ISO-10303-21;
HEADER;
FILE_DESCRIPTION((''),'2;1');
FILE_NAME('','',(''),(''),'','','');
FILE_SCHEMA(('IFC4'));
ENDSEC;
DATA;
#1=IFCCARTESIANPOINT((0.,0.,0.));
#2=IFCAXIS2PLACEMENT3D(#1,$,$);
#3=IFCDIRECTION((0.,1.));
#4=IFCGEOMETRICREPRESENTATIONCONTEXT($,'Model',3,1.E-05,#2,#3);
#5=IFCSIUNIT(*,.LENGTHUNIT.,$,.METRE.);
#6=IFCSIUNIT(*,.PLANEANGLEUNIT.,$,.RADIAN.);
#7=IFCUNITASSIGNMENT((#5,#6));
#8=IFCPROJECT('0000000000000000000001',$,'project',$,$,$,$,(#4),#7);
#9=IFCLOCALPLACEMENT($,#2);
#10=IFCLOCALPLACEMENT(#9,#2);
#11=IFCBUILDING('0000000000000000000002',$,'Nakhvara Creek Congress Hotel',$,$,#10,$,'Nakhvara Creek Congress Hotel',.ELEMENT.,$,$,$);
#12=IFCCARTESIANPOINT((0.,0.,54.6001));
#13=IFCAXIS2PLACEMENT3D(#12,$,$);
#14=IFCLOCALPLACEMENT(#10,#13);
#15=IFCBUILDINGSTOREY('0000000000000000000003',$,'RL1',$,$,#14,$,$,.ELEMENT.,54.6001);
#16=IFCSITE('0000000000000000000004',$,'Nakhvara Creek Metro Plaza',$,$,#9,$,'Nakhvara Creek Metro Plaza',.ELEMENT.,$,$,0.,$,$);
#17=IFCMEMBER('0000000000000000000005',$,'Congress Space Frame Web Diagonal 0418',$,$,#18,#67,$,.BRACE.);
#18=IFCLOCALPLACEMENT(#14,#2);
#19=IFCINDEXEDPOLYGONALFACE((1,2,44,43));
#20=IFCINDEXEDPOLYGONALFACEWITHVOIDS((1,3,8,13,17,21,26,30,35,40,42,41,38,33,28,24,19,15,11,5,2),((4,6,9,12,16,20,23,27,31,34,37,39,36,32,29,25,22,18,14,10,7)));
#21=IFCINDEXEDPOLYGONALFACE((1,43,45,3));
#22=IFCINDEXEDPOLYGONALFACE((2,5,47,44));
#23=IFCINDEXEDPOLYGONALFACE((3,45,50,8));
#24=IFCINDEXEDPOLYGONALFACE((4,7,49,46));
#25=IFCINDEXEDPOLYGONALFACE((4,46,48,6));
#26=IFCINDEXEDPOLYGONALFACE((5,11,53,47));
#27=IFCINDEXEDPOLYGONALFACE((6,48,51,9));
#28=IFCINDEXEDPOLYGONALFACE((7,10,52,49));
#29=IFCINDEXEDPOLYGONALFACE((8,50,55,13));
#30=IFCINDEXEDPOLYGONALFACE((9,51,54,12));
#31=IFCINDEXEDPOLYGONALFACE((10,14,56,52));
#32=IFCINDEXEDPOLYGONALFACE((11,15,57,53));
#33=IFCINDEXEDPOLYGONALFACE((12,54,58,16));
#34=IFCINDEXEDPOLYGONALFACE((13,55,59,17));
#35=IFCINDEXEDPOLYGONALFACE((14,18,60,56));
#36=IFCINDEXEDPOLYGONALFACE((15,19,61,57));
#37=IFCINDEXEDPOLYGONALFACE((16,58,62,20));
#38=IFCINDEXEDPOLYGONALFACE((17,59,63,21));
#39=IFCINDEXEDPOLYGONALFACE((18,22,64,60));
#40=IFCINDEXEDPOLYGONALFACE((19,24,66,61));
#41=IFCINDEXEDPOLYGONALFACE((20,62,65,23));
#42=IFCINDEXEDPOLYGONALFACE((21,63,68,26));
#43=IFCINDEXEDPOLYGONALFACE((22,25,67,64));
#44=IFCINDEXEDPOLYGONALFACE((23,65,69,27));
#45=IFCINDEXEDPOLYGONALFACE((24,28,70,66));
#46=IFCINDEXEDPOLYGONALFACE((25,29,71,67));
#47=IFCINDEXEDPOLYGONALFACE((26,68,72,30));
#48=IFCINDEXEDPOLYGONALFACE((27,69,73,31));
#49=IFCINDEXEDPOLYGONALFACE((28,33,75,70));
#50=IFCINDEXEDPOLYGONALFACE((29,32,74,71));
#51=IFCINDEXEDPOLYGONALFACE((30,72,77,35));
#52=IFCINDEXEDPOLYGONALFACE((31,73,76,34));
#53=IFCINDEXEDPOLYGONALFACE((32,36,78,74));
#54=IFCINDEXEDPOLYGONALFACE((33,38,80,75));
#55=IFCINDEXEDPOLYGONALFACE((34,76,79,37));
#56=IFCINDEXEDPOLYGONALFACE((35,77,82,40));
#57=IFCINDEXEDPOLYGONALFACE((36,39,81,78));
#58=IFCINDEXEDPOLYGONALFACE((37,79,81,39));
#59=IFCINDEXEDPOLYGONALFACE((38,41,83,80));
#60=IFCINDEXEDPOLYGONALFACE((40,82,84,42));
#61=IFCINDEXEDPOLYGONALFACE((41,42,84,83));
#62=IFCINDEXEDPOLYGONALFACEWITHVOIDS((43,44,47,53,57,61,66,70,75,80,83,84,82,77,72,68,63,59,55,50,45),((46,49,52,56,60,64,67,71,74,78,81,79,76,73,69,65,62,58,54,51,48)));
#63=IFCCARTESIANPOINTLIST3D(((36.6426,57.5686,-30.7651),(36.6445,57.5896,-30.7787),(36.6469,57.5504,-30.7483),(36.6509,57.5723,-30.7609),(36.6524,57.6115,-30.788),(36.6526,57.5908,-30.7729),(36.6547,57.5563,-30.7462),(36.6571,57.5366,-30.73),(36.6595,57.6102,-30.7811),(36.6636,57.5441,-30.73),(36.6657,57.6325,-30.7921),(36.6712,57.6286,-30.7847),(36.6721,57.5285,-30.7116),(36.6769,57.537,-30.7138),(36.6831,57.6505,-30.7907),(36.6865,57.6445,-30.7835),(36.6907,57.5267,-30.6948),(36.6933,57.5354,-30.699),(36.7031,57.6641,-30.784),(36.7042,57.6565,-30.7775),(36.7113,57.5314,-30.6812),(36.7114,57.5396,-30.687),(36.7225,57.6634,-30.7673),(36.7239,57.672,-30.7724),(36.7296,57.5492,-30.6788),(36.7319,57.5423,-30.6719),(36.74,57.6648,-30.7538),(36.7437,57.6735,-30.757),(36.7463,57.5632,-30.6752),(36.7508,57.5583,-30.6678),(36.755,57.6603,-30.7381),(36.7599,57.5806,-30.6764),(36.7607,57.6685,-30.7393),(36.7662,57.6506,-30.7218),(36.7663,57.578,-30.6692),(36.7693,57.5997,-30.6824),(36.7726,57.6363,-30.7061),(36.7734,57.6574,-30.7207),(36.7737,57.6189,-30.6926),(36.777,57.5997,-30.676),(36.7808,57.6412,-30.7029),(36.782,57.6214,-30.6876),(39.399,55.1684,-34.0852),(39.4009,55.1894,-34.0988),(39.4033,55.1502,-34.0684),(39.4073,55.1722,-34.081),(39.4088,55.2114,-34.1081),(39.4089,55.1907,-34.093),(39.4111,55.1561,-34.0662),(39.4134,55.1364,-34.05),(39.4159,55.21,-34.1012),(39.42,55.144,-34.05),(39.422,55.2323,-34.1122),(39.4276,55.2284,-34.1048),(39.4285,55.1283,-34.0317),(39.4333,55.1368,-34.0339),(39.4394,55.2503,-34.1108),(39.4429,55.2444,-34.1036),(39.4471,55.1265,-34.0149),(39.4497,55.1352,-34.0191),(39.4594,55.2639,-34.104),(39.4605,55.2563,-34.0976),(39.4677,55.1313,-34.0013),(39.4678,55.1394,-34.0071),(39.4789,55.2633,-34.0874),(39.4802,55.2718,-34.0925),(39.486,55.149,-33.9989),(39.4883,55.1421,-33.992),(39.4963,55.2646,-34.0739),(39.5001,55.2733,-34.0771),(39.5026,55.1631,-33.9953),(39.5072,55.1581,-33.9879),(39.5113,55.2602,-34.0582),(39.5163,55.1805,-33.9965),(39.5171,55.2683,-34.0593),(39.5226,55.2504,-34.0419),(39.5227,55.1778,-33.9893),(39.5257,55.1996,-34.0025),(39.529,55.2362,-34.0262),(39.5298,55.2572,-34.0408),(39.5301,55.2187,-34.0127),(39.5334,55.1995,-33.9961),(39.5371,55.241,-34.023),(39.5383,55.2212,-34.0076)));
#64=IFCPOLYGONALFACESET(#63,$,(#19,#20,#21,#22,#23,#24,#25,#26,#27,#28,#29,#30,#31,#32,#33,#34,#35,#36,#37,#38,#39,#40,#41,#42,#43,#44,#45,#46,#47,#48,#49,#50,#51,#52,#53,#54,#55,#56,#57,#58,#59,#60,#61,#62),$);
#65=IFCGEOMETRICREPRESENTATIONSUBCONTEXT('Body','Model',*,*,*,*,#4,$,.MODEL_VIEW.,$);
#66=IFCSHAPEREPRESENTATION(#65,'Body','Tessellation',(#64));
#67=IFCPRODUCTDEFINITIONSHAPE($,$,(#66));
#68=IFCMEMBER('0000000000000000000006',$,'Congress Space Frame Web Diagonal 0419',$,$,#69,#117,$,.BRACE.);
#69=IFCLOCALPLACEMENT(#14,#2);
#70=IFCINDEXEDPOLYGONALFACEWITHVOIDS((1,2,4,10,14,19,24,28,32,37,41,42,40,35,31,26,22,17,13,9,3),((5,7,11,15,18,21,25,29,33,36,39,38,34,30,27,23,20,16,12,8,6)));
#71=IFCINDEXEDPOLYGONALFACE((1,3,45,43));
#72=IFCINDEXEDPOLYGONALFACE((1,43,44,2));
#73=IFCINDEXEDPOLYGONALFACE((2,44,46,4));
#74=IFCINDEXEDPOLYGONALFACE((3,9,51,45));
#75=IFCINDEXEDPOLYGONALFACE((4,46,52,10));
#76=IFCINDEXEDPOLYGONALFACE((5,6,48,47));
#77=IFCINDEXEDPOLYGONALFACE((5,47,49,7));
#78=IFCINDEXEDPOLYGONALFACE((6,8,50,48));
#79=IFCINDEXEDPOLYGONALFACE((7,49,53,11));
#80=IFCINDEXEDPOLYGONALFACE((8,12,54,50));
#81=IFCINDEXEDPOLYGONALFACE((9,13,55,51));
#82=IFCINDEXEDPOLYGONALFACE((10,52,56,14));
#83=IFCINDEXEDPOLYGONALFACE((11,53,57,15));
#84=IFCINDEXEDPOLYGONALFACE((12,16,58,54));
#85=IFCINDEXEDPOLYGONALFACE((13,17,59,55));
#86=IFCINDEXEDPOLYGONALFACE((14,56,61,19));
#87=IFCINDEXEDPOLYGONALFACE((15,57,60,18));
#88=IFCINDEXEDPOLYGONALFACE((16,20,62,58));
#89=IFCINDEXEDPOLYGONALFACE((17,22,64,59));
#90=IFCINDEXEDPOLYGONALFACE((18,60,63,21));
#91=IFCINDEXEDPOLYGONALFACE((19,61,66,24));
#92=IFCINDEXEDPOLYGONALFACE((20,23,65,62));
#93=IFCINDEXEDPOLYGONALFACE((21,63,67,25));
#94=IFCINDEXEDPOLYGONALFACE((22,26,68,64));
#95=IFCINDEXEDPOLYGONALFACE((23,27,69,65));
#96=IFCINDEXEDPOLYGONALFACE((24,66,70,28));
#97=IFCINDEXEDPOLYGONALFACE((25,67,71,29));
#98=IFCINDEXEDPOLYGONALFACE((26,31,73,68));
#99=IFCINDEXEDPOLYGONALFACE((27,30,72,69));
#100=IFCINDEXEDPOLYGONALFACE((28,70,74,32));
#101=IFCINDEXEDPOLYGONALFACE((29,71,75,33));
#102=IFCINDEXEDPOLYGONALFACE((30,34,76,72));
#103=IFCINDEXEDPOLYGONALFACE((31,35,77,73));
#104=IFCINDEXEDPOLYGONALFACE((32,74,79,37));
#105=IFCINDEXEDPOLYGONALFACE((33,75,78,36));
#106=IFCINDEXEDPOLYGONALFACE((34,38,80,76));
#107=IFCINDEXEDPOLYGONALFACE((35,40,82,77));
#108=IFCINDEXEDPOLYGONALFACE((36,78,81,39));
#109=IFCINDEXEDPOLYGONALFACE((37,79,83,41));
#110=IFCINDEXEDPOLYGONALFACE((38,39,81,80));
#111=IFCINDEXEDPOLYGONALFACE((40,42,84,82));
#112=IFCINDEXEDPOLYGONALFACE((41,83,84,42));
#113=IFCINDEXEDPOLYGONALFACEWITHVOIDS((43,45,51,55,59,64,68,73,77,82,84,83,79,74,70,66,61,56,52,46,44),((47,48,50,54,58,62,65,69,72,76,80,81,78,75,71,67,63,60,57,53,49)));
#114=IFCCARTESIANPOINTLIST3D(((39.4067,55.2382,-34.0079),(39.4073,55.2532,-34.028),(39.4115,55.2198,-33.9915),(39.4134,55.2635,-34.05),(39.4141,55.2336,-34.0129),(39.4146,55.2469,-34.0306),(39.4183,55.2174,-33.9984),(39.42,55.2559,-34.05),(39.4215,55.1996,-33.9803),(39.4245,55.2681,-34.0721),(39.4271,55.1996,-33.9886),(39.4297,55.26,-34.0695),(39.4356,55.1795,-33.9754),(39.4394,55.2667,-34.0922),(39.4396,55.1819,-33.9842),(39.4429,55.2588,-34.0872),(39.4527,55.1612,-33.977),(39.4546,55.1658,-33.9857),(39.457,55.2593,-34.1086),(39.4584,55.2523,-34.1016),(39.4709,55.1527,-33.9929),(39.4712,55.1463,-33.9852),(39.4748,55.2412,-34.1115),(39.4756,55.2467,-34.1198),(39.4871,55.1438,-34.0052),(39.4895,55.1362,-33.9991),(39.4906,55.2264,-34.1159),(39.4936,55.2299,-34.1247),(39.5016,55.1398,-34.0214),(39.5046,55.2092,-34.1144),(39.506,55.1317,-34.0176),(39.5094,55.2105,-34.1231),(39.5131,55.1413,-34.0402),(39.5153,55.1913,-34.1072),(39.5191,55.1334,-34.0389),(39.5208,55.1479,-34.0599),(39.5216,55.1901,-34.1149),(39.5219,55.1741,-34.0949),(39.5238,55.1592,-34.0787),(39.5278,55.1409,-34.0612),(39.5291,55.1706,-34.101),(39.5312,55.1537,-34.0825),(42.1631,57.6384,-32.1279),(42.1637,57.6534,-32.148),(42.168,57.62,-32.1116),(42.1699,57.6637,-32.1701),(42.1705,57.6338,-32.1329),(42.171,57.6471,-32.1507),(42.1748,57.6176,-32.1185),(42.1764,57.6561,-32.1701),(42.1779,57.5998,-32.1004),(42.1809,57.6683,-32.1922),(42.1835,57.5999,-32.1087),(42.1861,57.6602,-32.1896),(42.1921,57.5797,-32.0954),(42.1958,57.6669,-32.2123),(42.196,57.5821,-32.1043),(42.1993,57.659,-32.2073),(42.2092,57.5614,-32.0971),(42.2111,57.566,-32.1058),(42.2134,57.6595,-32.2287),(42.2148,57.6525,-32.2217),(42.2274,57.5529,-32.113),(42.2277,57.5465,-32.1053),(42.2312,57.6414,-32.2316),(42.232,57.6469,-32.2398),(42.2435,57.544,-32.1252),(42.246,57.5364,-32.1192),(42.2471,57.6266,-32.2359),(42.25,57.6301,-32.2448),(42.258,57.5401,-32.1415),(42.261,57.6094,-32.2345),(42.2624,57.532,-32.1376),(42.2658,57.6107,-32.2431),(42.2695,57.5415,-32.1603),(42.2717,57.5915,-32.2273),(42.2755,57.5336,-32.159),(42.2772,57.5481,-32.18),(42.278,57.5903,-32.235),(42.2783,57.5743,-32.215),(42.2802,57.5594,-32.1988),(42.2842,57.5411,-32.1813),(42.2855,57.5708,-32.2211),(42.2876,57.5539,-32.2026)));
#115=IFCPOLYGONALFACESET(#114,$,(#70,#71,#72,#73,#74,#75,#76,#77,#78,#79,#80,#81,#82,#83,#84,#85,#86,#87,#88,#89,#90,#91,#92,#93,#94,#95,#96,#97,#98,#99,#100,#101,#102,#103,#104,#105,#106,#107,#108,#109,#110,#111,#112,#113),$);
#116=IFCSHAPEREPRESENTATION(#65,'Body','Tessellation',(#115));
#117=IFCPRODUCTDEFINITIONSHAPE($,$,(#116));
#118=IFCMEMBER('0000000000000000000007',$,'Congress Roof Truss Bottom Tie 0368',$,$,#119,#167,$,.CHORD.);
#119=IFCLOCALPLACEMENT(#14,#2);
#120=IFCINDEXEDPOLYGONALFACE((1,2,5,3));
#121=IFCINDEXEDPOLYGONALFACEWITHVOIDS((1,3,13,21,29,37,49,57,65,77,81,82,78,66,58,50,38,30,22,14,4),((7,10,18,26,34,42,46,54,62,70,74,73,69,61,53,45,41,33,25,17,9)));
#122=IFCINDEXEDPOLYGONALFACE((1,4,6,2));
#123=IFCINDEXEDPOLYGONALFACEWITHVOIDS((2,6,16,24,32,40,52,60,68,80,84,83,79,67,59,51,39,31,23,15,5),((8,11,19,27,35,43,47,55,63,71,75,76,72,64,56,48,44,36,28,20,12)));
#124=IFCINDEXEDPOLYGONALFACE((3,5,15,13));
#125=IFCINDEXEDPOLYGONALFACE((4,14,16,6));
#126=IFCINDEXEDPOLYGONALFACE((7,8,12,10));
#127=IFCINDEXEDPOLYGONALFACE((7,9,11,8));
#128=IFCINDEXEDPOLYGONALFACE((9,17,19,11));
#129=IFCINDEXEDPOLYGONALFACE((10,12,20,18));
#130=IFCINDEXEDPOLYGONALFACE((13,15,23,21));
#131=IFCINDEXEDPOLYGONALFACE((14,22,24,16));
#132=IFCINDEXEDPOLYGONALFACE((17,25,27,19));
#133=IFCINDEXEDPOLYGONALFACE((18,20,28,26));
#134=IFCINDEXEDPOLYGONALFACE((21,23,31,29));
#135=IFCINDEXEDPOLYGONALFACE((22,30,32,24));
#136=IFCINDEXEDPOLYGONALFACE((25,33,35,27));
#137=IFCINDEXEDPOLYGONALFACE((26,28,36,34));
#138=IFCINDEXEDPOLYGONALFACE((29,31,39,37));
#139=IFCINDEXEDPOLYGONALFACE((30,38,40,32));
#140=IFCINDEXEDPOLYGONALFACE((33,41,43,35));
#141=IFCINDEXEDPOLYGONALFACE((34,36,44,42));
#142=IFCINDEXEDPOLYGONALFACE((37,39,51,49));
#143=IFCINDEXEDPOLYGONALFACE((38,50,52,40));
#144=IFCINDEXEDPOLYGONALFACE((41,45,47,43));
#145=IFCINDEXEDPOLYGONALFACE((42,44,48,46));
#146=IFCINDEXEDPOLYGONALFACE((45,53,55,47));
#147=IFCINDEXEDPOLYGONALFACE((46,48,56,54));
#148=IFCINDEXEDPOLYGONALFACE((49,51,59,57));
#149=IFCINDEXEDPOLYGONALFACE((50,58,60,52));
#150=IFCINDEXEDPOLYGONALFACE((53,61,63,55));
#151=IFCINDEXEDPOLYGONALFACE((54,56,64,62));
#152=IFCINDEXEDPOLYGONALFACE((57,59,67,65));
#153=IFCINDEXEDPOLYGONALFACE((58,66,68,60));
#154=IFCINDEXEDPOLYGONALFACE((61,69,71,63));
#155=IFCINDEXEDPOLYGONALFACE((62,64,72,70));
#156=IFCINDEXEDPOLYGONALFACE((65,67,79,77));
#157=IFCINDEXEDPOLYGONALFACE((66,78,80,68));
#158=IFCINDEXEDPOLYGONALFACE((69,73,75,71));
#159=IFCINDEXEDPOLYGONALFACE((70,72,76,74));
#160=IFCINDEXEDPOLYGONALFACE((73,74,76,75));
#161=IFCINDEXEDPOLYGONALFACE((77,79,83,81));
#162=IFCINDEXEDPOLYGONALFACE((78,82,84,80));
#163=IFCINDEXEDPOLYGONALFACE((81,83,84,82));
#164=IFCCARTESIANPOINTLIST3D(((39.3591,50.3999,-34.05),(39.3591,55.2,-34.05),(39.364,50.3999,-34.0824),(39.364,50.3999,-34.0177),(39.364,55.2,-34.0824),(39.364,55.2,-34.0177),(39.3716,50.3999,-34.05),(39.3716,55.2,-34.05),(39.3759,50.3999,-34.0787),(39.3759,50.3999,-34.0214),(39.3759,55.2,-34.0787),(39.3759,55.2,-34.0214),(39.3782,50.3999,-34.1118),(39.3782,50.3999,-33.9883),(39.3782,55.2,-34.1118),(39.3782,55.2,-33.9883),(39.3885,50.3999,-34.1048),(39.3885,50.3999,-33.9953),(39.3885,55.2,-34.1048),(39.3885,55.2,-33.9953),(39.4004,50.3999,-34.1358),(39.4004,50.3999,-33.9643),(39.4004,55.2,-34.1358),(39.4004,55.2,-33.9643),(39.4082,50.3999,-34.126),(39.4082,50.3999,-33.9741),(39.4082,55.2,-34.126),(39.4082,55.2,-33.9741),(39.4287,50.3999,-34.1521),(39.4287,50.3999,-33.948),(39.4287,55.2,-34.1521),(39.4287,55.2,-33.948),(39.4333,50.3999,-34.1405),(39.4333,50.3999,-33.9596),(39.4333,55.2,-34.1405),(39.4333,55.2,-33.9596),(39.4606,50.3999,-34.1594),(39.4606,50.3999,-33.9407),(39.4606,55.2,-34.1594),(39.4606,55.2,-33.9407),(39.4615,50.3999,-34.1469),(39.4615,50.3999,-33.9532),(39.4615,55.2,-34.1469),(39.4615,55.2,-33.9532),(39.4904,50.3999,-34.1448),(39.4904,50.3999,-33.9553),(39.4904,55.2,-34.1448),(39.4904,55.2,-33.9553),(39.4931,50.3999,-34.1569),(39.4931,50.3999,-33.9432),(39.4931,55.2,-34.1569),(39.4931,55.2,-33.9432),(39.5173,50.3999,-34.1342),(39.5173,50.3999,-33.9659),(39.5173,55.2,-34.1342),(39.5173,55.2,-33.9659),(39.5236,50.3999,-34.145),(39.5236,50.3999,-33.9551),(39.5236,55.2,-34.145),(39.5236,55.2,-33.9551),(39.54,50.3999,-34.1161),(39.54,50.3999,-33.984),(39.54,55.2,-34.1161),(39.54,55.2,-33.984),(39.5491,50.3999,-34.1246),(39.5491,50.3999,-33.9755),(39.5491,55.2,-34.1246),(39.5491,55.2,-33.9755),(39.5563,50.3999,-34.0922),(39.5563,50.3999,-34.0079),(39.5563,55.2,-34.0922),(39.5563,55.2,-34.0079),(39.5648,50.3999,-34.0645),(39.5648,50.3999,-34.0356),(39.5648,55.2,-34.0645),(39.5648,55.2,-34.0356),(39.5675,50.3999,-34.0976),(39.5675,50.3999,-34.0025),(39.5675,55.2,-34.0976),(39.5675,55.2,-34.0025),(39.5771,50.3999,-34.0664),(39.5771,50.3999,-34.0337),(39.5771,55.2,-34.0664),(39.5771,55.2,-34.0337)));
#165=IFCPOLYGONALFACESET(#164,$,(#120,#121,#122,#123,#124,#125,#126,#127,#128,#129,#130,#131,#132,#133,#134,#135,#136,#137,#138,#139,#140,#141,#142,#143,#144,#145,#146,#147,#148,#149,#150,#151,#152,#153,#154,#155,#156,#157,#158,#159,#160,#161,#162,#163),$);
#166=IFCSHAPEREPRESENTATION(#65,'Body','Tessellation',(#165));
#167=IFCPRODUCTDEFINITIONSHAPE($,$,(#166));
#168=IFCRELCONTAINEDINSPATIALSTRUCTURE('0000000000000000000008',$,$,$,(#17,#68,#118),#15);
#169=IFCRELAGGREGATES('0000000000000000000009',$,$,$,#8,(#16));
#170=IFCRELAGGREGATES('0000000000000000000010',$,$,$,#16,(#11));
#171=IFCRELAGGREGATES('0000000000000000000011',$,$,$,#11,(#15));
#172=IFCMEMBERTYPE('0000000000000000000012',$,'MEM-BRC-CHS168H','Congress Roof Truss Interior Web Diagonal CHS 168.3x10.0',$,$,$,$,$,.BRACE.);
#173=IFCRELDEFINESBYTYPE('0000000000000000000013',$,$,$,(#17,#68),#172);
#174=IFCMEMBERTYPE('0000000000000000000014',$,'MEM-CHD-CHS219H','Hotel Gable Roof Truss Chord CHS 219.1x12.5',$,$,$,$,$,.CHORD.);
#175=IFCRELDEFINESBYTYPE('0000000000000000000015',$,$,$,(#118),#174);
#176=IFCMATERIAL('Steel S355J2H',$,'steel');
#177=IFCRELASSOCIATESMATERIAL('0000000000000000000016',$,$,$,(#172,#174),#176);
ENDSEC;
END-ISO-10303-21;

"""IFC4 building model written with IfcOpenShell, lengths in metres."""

from ifc_helpers import new_model, si_unit, direction, frame, origin, origin_2d, place, context, subcontext, project, spatial, hollow_circle, extrude, material, material_profile, profile_set, type_object, element, save


model = new_model("IFC4")

# Units and contexts
model_context = context("Model", 3, precision=1e-05, world=origin(), true_north=direction((0.0, 1.0)))
body_context = subcontext(model_context, "Body", "Model", "MODEL_VIEW")
ifc_project = project(units=[si_unit("LENGTHUNIT", "METRE"), si_unit("PLANEANGLEUNIT", "RADIAN")], contexts=[model_context])

# Site, building, storey
site_placement = place(None, origin())
site = spatial("IfcSite", under=ifc_project, at=site_placement, Name="Nakhvara Creek Metro Plaza", LongName="Nakhvara Creek Metro Plaza", CompositionType="ELEMENT", RefElevation=0.0)
building_placement = place(site_placement, origin())
building = spatial("IfcBuilding", under=site, at=building_placement, Name="Nakhvara Creek Congress Hotel", LongName="Nakhvara Creek Congress Hotel", CompositionType="ELEMENT")
storey_placement = place(building_placement, frame((0.0, 0.0, 54.6001)))
storey = spatial("IfcBuildingStorey", under=building, at=storey_placement, Name="RL1", CompositionType="ELEMENT", Elevation=54.6001)

# Members
ifc_material_1 = material(Name="Steel S355J2H", Category="steel")
ifc_material_profile_1 = material_profile(ifc_material_1, hollow_circle(Radius=0.0842, WallThickness=0.01, at=origin_2d()), Name="CHS 168.3x10.0", Category="LoadBearing")
ifc_profile_set_1 = profile_set([ifc_material_profile_1], Name="Steel S355J2H")
member_type_1 = type_object("IfcMemberType", Name="MEM-BRC-CHS168H", Description="Congress Roof Truss Interior Web Diagonal CHS 168.3x10.0", PredefinedType="BRACE", material=ifc_profile_set_1)
member_1_placement = place(storey_placement, frame((39.4688, 55.2, -34.05), z_axis=(-0.558224, 0.486085, 0.67239), x_axis=(-0.656696, -0.754155, 0.0)))
element("IfcMember", 1, at=member_1_placement, inside=storey, type_object=member_type_1, Name="Congress Space Frame Web Diagonal 0418", PredefinedType="BRACE", context=body_context, shape_type="SweptSolid", body=[
    extrude(hollow_circle(Radius=0.0842, WallThickness=0.01, at=origin_2d()), origin(), (0.0, 0.0, 1.0), 4.9377),
])
member_2_placement = place(storey_placement, frame((39.4688, 55.2, -34.05), z_axis=(0.670644, 0.583977, 0.457392), x_axis=(-0.656696, 0.754155, 0.0)))
element("IfcMember", 2, at=member_2_placement, inside=storey, type_object=member_type_1, Name="Congress Space Frame Web Diagonal 0419", PredefinedType="BRACE", context=body_context, shape_type="SweptSolid", body=[
    extrude(hollow_circle(Radius=0.0842, WallThickness=0.01, at=origin_2d()), origin(), (0.0, 0.0, 1.0), 4.1101),
])
ifc_material_profile_2 = material_profile(ifc_material_1, hollow_circle(Radius=0.1096, WallThickness=0.0125, at=origin_2d()), Name="CHS 219.1x12.5", Category="LoadBearing")
ifc_profile_set_2 = profile_set([ifc_material_profile_2], Name="Steel S355J2H")
member_type_2 = type_object("IfcMemberType", Name="MEM-CHD-CHS219H", Description="Hotel Gable Roof Truss Chord CHS 219.1x12.5", PredefinedType="CHORD", material=ifc_profile_set_2)
for number, where, z_axis, x_axis, name in (
    (3, (39.4688, 50.3999, -34.05), (0.0, 1.0, 0.0), (-1.0, 0.0, 0.0), "Congress Roof Truss Bottom Tie 0368"),
):
    element("IfcMember", number, at=place(storey_placement, frame(where, z_axis=z_axis, x_axis=x_axis)), inside=storey, type_object=member_type_2, Name=name, PredefinedType="CHORD", context=body_context, shape_type="SweptSolid", body=[
        extrude(hollow_circle(Radius=0.1096, WallThickness=0.0125, at=origin_2d()), origin(), (0.0, 0.0, 1.0), 4.8),
    ])

save(model, "model.ifc")
